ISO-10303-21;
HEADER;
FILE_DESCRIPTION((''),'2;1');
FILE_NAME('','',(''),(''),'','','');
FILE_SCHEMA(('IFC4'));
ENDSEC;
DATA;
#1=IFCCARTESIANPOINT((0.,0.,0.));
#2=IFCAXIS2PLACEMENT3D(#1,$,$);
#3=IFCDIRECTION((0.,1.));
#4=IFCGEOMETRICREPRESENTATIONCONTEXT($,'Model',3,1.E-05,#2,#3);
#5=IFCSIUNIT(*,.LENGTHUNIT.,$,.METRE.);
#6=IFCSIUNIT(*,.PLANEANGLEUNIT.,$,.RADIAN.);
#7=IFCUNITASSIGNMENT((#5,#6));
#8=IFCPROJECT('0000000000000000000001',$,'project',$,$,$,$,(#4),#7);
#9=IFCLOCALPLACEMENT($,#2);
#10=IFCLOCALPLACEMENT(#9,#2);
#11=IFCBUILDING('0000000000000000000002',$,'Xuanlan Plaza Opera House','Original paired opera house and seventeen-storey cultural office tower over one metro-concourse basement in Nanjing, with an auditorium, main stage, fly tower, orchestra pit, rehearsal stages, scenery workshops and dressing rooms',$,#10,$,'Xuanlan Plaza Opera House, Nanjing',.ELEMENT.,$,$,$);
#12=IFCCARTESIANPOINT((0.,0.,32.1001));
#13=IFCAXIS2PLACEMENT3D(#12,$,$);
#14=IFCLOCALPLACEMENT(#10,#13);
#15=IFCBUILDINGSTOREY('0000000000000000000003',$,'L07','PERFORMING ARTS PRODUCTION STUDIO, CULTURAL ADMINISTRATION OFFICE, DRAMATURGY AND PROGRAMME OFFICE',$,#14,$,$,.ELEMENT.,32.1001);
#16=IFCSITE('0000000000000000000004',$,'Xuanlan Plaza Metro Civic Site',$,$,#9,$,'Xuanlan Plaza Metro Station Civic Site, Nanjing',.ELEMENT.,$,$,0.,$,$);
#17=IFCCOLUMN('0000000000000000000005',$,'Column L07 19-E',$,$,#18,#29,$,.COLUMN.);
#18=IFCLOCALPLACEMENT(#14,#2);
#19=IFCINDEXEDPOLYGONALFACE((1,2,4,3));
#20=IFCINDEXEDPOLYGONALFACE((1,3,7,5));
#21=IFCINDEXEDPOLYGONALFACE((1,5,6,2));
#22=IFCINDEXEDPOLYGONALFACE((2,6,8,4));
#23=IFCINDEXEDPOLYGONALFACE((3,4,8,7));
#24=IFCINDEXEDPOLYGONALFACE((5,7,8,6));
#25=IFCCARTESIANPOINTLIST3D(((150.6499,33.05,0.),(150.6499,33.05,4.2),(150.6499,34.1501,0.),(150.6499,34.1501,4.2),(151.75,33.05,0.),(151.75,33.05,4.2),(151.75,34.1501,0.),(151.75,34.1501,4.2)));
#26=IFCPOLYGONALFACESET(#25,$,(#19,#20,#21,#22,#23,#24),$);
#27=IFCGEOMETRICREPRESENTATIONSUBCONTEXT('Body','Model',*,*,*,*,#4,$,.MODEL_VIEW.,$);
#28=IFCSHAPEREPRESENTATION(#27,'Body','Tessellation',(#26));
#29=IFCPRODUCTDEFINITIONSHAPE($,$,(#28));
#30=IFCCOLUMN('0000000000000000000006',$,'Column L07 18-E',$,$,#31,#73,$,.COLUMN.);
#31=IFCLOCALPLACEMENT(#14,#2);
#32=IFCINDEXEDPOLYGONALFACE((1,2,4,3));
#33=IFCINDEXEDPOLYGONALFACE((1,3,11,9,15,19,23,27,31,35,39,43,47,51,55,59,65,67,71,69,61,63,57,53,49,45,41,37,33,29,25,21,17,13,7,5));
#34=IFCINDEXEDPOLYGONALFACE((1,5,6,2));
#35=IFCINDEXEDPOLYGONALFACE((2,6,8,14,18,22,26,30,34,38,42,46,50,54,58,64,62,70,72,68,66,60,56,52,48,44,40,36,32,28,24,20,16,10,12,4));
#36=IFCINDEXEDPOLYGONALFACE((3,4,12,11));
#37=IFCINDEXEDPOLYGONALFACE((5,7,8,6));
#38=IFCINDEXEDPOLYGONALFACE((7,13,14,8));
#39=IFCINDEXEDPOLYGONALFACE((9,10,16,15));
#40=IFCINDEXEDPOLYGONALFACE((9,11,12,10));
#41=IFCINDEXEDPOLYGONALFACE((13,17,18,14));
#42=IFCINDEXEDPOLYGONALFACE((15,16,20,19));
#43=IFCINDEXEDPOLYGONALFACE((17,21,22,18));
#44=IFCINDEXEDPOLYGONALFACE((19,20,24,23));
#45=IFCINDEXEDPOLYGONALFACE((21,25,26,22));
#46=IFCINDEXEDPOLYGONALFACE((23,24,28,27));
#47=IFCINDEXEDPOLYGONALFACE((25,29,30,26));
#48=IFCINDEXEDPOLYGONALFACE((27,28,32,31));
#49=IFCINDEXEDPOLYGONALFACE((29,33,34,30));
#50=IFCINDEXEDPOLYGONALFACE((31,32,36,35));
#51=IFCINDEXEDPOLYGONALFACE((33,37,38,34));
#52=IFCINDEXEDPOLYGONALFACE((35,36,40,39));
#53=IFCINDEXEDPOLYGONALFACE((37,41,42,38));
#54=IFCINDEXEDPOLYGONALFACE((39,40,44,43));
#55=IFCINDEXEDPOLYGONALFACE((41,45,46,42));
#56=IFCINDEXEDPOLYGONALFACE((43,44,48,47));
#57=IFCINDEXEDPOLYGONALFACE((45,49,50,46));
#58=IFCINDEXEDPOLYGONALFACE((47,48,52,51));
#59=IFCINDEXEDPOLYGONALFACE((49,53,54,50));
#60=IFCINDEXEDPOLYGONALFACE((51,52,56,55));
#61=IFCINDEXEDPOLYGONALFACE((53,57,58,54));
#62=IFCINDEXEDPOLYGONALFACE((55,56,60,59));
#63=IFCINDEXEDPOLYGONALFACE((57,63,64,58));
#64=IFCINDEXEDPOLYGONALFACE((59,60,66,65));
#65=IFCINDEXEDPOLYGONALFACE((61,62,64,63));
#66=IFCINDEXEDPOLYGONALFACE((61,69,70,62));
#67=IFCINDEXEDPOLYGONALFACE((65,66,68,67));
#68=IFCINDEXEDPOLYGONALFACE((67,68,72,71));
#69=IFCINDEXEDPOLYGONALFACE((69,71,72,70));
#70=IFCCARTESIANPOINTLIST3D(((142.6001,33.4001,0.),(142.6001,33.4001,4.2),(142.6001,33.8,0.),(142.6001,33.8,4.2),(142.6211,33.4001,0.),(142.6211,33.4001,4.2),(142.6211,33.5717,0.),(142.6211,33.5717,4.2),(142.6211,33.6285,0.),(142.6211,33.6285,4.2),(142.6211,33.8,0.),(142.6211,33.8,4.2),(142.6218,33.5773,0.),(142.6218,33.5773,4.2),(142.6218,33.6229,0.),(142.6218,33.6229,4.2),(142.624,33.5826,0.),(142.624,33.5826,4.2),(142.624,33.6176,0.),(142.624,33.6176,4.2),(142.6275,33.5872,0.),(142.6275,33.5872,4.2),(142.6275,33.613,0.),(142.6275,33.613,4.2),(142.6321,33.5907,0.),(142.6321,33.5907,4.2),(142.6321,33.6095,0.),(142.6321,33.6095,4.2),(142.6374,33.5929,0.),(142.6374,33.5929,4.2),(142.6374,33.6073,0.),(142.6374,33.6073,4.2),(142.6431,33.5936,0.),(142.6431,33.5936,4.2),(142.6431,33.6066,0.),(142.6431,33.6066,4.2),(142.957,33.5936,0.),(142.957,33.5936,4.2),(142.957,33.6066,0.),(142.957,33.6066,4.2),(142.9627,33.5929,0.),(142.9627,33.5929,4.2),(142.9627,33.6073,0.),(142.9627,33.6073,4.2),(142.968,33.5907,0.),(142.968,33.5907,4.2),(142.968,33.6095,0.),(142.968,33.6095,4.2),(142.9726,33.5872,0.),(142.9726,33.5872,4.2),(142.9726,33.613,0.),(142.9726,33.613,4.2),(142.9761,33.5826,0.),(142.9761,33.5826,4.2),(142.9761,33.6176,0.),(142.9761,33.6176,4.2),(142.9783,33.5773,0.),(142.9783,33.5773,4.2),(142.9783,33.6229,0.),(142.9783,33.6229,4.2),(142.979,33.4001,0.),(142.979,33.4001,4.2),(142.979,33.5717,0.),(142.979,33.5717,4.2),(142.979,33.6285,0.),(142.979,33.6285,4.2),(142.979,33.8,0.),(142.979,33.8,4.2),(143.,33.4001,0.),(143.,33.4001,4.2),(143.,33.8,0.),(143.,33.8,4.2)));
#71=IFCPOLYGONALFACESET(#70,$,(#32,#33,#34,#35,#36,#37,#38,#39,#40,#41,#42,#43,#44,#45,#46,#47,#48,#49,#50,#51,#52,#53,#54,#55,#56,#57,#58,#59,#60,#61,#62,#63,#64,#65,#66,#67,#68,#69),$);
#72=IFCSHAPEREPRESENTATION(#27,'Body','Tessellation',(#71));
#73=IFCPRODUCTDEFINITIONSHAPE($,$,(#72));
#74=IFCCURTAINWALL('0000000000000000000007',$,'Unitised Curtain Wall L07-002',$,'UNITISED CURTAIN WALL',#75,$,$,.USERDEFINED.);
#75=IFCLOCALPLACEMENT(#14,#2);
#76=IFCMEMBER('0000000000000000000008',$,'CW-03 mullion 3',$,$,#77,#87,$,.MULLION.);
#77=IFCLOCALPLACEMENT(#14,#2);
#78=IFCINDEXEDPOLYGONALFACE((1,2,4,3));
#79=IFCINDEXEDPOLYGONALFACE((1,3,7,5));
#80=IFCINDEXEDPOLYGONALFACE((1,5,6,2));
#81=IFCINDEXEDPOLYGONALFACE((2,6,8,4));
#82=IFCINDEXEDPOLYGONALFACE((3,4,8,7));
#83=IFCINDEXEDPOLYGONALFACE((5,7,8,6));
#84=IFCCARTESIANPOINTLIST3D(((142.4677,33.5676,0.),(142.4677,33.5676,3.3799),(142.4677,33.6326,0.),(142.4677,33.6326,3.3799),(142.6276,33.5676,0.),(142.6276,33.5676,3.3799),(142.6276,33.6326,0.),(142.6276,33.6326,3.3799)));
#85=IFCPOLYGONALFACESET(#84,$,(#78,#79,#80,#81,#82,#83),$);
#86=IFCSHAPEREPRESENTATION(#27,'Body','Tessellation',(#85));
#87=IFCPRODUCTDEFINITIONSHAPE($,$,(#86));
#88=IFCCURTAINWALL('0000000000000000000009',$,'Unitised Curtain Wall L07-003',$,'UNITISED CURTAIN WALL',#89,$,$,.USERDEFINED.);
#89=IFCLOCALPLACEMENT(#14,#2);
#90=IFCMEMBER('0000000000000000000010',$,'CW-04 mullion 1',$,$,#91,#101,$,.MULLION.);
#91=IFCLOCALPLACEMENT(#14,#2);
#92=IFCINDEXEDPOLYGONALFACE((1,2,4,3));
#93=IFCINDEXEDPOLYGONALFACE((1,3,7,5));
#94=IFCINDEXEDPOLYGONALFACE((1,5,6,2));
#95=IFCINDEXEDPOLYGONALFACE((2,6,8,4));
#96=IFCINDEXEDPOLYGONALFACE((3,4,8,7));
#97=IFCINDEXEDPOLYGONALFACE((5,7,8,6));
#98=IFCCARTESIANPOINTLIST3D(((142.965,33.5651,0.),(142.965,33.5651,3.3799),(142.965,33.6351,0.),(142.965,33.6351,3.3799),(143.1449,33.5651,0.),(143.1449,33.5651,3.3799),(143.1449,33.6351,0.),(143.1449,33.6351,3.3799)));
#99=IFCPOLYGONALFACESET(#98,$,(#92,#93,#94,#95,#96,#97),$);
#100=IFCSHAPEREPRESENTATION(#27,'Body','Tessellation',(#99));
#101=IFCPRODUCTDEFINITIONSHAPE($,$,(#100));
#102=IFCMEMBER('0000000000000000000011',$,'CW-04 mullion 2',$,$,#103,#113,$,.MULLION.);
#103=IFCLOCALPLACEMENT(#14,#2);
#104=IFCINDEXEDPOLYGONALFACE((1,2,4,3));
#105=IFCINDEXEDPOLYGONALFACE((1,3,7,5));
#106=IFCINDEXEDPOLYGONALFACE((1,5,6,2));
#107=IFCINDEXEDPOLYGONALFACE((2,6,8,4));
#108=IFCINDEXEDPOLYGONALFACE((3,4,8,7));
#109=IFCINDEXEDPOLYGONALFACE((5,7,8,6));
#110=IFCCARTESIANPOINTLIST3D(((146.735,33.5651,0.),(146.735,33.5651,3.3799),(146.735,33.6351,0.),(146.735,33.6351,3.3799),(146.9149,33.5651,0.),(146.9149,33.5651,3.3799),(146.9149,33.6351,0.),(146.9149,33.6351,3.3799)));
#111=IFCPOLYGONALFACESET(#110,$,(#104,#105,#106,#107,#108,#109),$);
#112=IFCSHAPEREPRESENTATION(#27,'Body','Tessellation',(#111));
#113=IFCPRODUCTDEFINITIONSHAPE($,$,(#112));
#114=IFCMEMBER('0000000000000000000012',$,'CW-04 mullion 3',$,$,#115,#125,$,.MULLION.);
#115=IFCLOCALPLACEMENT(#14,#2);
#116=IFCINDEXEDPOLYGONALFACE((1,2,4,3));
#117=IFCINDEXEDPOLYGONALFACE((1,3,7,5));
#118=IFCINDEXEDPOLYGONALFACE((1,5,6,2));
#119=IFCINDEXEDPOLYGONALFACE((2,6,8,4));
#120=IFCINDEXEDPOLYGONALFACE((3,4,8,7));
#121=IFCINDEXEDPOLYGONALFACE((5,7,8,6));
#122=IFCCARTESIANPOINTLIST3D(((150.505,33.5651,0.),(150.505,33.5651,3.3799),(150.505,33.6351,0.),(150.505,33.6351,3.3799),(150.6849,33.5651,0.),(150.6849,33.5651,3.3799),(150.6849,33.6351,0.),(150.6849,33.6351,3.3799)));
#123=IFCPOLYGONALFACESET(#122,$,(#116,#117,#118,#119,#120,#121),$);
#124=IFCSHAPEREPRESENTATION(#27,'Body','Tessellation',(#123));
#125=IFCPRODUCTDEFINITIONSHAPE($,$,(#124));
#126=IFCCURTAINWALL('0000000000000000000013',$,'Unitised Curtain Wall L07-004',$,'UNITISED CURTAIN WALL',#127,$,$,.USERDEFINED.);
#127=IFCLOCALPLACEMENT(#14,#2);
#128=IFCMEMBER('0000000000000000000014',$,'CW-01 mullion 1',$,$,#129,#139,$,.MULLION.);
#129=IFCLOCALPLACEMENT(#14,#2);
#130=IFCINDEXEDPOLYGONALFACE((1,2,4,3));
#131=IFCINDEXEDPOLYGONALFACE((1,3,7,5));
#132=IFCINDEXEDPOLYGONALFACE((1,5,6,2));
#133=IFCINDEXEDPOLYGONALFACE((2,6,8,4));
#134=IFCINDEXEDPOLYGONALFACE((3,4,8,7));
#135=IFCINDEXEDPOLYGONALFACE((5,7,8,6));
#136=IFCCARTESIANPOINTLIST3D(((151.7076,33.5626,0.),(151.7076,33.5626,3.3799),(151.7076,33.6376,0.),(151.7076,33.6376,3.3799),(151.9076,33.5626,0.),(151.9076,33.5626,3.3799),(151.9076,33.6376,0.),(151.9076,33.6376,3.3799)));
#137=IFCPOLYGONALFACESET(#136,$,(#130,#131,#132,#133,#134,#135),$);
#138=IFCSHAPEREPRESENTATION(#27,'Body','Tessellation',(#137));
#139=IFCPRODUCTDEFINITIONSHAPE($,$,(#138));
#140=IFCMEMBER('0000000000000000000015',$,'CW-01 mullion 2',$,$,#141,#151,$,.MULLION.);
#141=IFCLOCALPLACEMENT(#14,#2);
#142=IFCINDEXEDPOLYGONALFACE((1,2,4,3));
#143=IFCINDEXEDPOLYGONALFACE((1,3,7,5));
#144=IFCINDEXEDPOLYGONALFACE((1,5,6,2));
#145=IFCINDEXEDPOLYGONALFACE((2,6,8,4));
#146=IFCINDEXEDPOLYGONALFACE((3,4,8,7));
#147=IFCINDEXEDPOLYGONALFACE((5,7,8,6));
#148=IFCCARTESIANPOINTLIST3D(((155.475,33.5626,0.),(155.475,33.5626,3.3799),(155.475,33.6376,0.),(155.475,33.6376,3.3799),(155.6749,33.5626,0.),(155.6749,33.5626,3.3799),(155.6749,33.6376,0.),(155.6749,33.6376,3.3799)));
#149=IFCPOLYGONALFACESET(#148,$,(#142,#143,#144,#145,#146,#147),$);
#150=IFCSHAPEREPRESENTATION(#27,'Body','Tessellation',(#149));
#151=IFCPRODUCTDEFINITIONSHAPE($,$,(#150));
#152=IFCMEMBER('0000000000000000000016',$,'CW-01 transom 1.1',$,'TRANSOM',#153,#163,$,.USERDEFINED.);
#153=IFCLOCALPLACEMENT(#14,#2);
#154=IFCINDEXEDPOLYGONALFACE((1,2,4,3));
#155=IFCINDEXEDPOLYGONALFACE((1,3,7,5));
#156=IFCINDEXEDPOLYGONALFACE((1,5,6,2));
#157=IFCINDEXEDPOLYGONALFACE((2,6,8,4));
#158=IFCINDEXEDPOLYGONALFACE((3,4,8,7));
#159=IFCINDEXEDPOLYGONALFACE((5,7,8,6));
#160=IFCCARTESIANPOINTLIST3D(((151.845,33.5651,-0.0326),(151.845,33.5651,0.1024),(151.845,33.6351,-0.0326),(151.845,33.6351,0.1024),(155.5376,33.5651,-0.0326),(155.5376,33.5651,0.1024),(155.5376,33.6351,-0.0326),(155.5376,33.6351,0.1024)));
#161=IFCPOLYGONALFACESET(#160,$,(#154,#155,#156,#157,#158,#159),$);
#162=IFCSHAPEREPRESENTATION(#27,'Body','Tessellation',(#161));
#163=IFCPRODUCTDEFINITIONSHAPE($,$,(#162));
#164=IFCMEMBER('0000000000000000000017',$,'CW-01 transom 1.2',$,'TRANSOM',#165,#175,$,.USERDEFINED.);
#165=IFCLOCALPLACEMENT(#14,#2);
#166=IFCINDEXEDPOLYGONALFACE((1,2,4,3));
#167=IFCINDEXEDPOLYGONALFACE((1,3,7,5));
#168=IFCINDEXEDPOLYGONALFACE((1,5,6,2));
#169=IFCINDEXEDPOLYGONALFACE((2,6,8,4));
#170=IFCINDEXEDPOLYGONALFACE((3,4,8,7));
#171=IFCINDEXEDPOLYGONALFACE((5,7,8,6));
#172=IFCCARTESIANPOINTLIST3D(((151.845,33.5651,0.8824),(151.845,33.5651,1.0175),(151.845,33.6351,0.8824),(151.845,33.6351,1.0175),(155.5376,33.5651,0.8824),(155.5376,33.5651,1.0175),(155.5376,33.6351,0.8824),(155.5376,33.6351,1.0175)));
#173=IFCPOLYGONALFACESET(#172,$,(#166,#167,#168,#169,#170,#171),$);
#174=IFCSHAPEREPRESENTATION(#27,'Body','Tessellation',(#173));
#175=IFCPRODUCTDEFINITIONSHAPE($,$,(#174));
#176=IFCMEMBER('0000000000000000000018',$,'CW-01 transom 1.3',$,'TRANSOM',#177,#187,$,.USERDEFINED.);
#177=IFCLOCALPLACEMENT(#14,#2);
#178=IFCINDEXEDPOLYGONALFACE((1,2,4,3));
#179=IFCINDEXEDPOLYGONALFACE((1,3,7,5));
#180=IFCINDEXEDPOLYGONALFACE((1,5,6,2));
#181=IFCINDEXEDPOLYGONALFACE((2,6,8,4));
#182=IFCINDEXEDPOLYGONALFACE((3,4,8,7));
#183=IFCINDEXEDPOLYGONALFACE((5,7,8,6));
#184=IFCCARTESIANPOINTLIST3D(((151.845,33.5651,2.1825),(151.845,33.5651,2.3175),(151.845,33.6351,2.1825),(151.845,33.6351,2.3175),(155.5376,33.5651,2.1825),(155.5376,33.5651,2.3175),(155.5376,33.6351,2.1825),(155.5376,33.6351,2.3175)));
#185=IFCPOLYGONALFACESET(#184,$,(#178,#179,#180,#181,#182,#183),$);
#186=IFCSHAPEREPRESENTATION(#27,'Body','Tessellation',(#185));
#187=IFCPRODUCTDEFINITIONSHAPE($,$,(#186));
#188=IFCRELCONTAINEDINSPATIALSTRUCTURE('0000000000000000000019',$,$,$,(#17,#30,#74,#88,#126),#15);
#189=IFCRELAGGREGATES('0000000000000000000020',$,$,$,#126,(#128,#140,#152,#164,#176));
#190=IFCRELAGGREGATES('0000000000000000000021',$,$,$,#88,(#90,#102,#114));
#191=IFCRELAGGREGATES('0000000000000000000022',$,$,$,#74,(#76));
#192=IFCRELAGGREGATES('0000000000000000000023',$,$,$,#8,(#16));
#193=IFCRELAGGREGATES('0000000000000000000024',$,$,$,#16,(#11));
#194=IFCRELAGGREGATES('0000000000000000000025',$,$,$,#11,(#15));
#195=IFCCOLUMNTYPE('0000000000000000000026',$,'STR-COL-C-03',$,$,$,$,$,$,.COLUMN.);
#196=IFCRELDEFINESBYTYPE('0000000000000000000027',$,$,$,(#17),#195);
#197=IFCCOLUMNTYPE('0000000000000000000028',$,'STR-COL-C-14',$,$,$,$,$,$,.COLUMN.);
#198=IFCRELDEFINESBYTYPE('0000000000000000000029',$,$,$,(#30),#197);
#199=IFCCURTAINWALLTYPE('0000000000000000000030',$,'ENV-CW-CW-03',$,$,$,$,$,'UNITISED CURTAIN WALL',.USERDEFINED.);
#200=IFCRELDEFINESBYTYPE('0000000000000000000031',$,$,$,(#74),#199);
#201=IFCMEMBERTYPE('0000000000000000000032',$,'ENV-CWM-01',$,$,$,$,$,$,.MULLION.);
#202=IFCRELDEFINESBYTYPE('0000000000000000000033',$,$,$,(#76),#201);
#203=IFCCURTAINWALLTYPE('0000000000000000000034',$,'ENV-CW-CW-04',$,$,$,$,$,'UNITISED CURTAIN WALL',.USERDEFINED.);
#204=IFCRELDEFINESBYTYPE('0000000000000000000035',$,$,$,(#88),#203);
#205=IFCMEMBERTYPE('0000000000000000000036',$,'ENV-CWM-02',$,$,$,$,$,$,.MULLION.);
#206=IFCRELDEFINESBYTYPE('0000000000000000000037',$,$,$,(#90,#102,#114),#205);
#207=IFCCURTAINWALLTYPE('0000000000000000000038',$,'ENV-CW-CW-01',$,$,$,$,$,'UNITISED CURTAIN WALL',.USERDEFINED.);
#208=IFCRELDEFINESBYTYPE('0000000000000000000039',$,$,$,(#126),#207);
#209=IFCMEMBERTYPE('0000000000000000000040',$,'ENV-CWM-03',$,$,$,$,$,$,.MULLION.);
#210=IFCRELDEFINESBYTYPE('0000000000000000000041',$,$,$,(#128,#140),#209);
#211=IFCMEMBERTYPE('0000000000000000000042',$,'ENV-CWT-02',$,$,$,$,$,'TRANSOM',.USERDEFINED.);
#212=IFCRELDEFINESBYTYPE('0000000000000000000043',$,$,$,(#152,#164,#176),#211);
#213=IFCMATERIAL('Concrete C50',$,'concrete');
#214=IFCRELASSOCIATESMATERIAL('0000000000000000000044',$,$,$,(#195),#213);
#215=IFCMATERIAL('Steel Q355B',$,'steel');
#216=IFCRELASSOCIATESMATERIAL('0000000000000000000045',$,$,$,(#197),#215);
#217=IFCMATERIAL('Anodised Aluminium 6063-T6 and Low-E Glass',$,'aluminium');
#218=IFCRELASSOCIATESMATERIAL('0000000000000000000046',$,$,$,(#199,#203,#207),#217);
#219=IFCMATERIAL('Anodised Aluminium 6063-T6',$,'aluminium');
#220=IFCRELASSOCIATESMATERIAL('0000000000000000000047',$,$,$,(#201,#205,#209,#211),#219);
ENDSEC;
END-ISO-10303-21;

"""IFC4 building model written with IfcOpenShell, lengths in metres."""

from ifc_helpers import new_model, si_unit, direction, frame, origin, origin_2d, place, context, subcontext, project, spatial, rectangle, i_section, extrude, material, material_profile, profile_set, type_object, element, aggregate, save


model = new_model("IFC4")

# Units and contexts
model_context = context("Model", 3, precision=1e-05, world=origin(), true_north=direction((0.0, 1.0)))
body_context = subcontext(model_context, "Body", "Model", "MODEL_VIEW")
ifc_project = project(units=[si_unit("LENGTHUNIT", "METRE"), si_unit("PLANEANGLEUNIT", "RADIAN")], contexts=[model_context])

# Site, building, storey
site_placement = place(None, origin())
site = spatial("IfcSite", under=ifc_project, at=site_placement, Name="Xuanlan Plaza Metro Civic Site", LongName="Xuanlan Plaza Metro Station Civic Site, Nanjing", CompositionType="ELEMENT", RefElevation=0.0)
building_placement = place(site_placement, origin())
building = spatial("IfcBuilding", under=site, at=building_placement, Name="Xuanlan Plaza Opera House", Description="Original paired opera house and seventeen-storey cultural office tower over one metro-concourse basement in Nanjing, with an auditorium, main stage, fly tower, orchestra pit, rehearsal stages, scenery workshops and dressing rooms", LongName="Xuanlan Plaza Opera House, Nanjing", CompositionType="ELEMENT")
storey_placement = place(building_placement, frame((0.0, 0.0, 32.1001)))
storey = spatial("IfcBuildingStorey", under=building, at=storey_placement, Name="L07", Description="PERFORMING ARTS PRODUCTION STUDIO, CULTURAL ADMINISTRATION OFFICE, DRAMATURGY AND PROGRAMME OFFICE", CompositionType="ELEMENT", Elevation=32.1001)

# Columns
ifc_material_1 = material(Name="Concrete C50", Category="concrete")
ifc_material_profile_1 = material_profile(ifc_material_1, rectangle(XDim=1.1001, YDim=1.1001, at=origin_2d()), Name="RC-COL 1100x1100")
ifc_profile_set_1 = profile_set([ifc_material_profile_1], Name="Concrete C50")
column_type_1 = type_object("IfcColumnType", Name="STR-COL-C-03", PredefinedType="COLUMN", material=ifc_profile_set_1)
column_1_placement = place(storey_placement, frame((151.2, 33.6001, 0.0), z_axis=(0.0, 0.0, 1.0), x_axis=(1.0, 0.0, 0.0)))
element("IfcColumn", 1, at=column_1_placement, inside=storey, type_object=column_type_1, Name="Column L07 19-E", PredefinedType="COLUMN", context=body_context, shape_type="SweptSolid", body=[
    extrude(rectangle(XDim=1.1001, YDim=1.1001, at=origin_2d()), origin(), (0.0, 0.0, 1.0), 4.2),
])
ifc_material_2 = material(Name="Steel Q355B", Category="steel")
ifc_material_profile_2 = material_profile(ifc_material_2, i_section(OverallWidth=0.3999, OverallDepth=0.3999, WebThickness=0.0129, FlangeThickness=0.021, FilletRadius=0.022, at=origin_2d()), Name="HW 400x400x13x21")
ifc_profile_set_2 = profile_set([ifc_material_profile_2], Name="Steel Q355B")
column_type_2 = type_object("IfcColumnType", Name="STR-COL-C-14", PredefinedType="COLUMN", material=ifc_profile_set_2)
column_2_placement = place(storey_placement, frame((142.8, 33.6001, 0.0), z_axis=(0.0, 0.0, 1.0), x_axis=(0.0, 1.0, 0.0)))
element("IfcColumn", 2, at=column_2_placement, inside=storey, type_object=column_type_2, Name="Column L07 18-E", PredefinedType="COLUMN", context=body_context, shape_type="SweptSolid", body=[
    extrude(i_section(OverallWidth=0.3999, OverallDepth=0.3999, WebThickness=0.0129, FlangeThickness=0.021, FilletRadius=0.022, at=origin_2d()), origin(), (0.0, 0.0, 1.0), 4.2),
])

# Curtain wall, member
ifc_material_3 = material(Name="Anodised Aluminium 6063-T6 and Low-E Glass", Category="aluminium")
curtain_wall_type_1 = type_object("IfcCurtainWallType", Name="ENV-CW-CW-03", ElementType="UNITISED CURTAIN WALL", PredefinedType="USERDEFINED", material=ifc_material_3)
curtain_wall_1_placement = place(storey_placement, origin())
curtain_wall_1 = element("IfcCurtainWall", 3, at=curtain_wall_1_placement, inside=storey, type_object=curtain_wall_type_1, Name="Unitised Curtain Wall L07-002", ObjectType="UNITISED CURTAIN WALL", PredefinedType="USERDEFINED")
ifc_material_4 = material(Name="Anodised Aluminium 6063-T6", Category="aluminium")
ifc_material_profile_3 = material_profile(ifc_material_4, rectangle(XDim=0.0649, YDim=0.1599, at=origin_2d()), Name="ALU-M 65x160")
ifc_profile_set_3 = profile_set([ifc_material_profile_3], Name="Anodised Aluminium 6063-T6")
member_type_1 = type_object("IfcMemberType", Name="ENV-CWM-01", PredefinedType="MULLION", material=ifc_profile_set_3)
member_1_placement = place(storey_placement, frame((142.5476, 33.6001, 0.0), z_axis=(0.0, 0.0, 1.0), x_axis=(0.0, 1.0, 0.0)))
member_1 = element("IfcMember", 4, at=member_1_placement, type_object=member_type_1, Name="CW-03 mullion 3", PredefinedType="MULLION", context=body_context, shape_type="SweptSolid", body=[
    extrude(rectangle(XDim=0.0649, YDim=0.1599, at=origin_2d()), origin(), (0.0, 0.0, 1.0), 3.3799),
])

# Curtain walls, members
curtain_wall_type_2 = type_object("IfcCurtainWallType", Name="ENV-CW-CW-04", ElementType="UNITISED CURTAIN WALL", PredefinedType="USERDEFINED", material=ifc_material_3)
curtain_wall_2_placement = place(storey_placement, origin())
curtain_wall_2 = element("IfcCurtainWall", 5, at=curtain_wall_2_placement, inside=storey, type_object=curtain_wall_type_2, Name="Unitised Curtain Wall L07-003", ObjectType="UNITISED CURTAIN WALL", PredefinedType="USERDEFINED")
ifc_material_profile_4 = material_profile(ifc_material_4, rectangle(XDim=0.0701, YDim=0.1799, at=origin_2d()), Name="ALU-M 70x180")
ifc_profile_set_4 = profile_set([ifc_material_profile_4], Name="Anodised Aluminium 6063-T6")
member_type_2 = type_object("IfcMemberType", Name="ENV-CWM-02", PredefinedType="MULLION", material=ifc_profile_set_4)
member_2_placement = place(storey_placement, frame((143.0549, 33.6001, 0.0), z_axis=(0.0, 0.0, 1.0), x_axis=(0.0, 1.0, 0.0)))
member_2 = element("IfcMember", 6, at=member_2_placement, type_object=member_type_2, Name="CW-04 mullion 1", PredefinedType="MULLION", context=body_context, shape_type="SweptSolid", body=[
    extrude(rectangle(XDim=0.0701, YDim=0.1799, at=origin_2d()), origin(), (0.0, 0.0, 1.0), 3.3799),
])
member_3_placement = place(storey_placement, frame((146.825, 33.6001, 0.0), z_axis=(0.0, 0.0, 1.0), x_axis=(0.0, 1.0, 0.0)))
member_3 = element("IfcMember", 7, at=member_3_placement, type_object=member_type_2, Name="CW-04 mullion 2", PredefinedType="MULLION", context=body_context, shape_type="SweptSolid", body=[
    extrude(rectangle(XDim=0.0701, YDim=0.1799, at=origin_2d()), origin(), (0.0, 0.0, 1.0), 3.3799),
])
member_4_placement = place(storey_placement, frame((150.595, 33.6001, 0.0), z_axis=(0.0, 0.0, 1.0), x_axis=(0.0, 1.0, 0.0)))
member_4 = element("IfcMember", 8, at=member_4_placement, type_object=member_type_2, Name="CW-04 mullion 3", PredefinedType="MULLION", context=body_context, shape_type="SweptSolid", body=[
    extrude(rectangle(XDim=0.0701, YDim=0.1799, at=origin_2d()), origin(), (0.0, 0.0, 1.0), 3.3799),
])
curtain_wall_type_3 = type_object("IfcCurtainWallType", Name="ENV-CW-CW-01", ElementType="UNITISED CURTAIN WALL", PredefinedType="USERDEFINED", material=ifc_material_3)
curtain_wall_3_placement = place(storey_placement, origin())
curtain_wall_3 = element("IfcCurtainWall", 9, at=curtain_wall_3_placement, inside=storey, type_object=curtain_wall_type_3, Name="Unitised Curtain Wall L07-004", ObjectType="UNITISED CURTAIN WALL", PredefinedType="USERDEFINED")
ifc_material_profile_5 = material_profile(ifc_material_4, rectangle(XDim=0.075, YDim=0.2, at=origin_2d()), Name="ALU-M 75x200")
ifc_profile_set_5 = profile_set([ifc_material_profile_5], Name="Anodised Aluminium 6063-T6")
member_type_3 = type_object("IfcMemberType", Name="ENV-CWM-03", PredefinedType="MULLION", material=ifc_profile_set_5)
member_5_placement = place(storey_placement, frame((151.8076, 33.6001, 0.0), z_axis=(0.0, 0.0, 1.0), x_axis=(0.0, 1.0, 0.0)))
member_5 = element("IfcMember", 10, at=member_5_placement, type_object=member_type_3, Name="CW-01 mullion 1", PredefinedType="MULLION", context=body_context, shape_type="SweptSolid", body=[
    extrude(rectangle(XDim=0.075, YDim=0.2, at=origin_2d()), origin(), (0.0, 0.0, 1.0), 3.3799),
])
member_6_placement = place(storey_placement, frame((155.575, 33.6001, 0.0), z_axis=(0.0, 0.0, 1.0), x_axis=(0.0, 1.0, 0.0)))
member_6 = element("IfcMember", 11, at=member_6_placement, type_object=member_type_3, Name="CW-01 mullion 2", PredefinedType="MULLION", context=body_context, shape_type="SweptSolid", body=[
    extrude(rectangle(XDim=0.075, YDim=0.2, at=origin_2d()), origin(), (0.0, 0.0, 1.0), 3.3799),
])
ifc_material_profile_6 = material_profile(ifc_material_4, rectangle(XDim=0.0701, YDim=0.135, at=origin_2d()), Name="ALU-T 70x135")
ifc_profile_set_6 = profile_set([ifc_material_profile_6], Name="Anodised Aluminium 6063-T6")
member_type_4 = type_object("IfcMemberType", Name="ENV-CWT-02", ElementType="TRANSOM", PredefinedType="USERDEFINED", material=ifc_profile_set_6)
member_7_placement = place(storey_placement, frame((151.845, 33.6001, 0.0349), z_axis=(1.0, 0.0, 0.0), x_axis=(0.0, 1.0, 0.0)))
member_7 = element("IfcMember", 12, at=member_7_placement, type_object=member_type_4, Name="CW-01 transom 1.1", ObjectType="TRANSOM", PredefinedType="USERDEFINED", context=body_context, shape_type="SweptSolid", body=[
    extrude(rectangle(XDim=0.0701, YDim=0.135, at=origin_2d()), origin(), (0.0, 0.0, 1.0), 3.6926),
])
member_8_placement = place(storey_placement, frame((151.845, 33.6001, 0.95), z_axis=(1.0, 0.0, 0.0), x_axis=(0.0, 1.0, 0.0)))
member_8 = element("IfcMember", 13, at=member_8_placement, type_object=member_type_4, Name="CW-01 transom 1.2", ObjectType="TRANSOM", PredefinedType="USERDEFINED", context=body_context, shape_type="SweptSolid", body=[
    extrude(rectangle(XDim=0.0701, YDim=0.135, at=origin_2d()), origin(), (0.0, 0.0, 1.0), 3.6926),
])
member_9_placement = place(storey_placement, frame((151.845, 33.6001, 2.25), z_axis=(1.0, 0.0, 0.0), x_axis=(0.0, 1.0, 0.0)))
member_9 = element("IfcMember", 14, at=member_9_placement, type_object=member_type_4, Name="CW-01 transom 1.3", ObjectType="TRANSOM", PredefinedType="USERDEFINED", context=body_context, shape_type="SweptSolid", body=[
    extrude(rectangle(XDim=0.0701, YDim=0.135, at=origin_2d()), origin(), (0.0, 0.0, 1.0), 3.6926),
])

aggregate(curtain_wall_3, [member_5, member_6, member_7, member_8, member_9])
aggregate(curtain_wall_2, [member_2, member_3, member_4])
aggregate(curtain_wall_1, [member_1])

save(model, "model.ifc")
